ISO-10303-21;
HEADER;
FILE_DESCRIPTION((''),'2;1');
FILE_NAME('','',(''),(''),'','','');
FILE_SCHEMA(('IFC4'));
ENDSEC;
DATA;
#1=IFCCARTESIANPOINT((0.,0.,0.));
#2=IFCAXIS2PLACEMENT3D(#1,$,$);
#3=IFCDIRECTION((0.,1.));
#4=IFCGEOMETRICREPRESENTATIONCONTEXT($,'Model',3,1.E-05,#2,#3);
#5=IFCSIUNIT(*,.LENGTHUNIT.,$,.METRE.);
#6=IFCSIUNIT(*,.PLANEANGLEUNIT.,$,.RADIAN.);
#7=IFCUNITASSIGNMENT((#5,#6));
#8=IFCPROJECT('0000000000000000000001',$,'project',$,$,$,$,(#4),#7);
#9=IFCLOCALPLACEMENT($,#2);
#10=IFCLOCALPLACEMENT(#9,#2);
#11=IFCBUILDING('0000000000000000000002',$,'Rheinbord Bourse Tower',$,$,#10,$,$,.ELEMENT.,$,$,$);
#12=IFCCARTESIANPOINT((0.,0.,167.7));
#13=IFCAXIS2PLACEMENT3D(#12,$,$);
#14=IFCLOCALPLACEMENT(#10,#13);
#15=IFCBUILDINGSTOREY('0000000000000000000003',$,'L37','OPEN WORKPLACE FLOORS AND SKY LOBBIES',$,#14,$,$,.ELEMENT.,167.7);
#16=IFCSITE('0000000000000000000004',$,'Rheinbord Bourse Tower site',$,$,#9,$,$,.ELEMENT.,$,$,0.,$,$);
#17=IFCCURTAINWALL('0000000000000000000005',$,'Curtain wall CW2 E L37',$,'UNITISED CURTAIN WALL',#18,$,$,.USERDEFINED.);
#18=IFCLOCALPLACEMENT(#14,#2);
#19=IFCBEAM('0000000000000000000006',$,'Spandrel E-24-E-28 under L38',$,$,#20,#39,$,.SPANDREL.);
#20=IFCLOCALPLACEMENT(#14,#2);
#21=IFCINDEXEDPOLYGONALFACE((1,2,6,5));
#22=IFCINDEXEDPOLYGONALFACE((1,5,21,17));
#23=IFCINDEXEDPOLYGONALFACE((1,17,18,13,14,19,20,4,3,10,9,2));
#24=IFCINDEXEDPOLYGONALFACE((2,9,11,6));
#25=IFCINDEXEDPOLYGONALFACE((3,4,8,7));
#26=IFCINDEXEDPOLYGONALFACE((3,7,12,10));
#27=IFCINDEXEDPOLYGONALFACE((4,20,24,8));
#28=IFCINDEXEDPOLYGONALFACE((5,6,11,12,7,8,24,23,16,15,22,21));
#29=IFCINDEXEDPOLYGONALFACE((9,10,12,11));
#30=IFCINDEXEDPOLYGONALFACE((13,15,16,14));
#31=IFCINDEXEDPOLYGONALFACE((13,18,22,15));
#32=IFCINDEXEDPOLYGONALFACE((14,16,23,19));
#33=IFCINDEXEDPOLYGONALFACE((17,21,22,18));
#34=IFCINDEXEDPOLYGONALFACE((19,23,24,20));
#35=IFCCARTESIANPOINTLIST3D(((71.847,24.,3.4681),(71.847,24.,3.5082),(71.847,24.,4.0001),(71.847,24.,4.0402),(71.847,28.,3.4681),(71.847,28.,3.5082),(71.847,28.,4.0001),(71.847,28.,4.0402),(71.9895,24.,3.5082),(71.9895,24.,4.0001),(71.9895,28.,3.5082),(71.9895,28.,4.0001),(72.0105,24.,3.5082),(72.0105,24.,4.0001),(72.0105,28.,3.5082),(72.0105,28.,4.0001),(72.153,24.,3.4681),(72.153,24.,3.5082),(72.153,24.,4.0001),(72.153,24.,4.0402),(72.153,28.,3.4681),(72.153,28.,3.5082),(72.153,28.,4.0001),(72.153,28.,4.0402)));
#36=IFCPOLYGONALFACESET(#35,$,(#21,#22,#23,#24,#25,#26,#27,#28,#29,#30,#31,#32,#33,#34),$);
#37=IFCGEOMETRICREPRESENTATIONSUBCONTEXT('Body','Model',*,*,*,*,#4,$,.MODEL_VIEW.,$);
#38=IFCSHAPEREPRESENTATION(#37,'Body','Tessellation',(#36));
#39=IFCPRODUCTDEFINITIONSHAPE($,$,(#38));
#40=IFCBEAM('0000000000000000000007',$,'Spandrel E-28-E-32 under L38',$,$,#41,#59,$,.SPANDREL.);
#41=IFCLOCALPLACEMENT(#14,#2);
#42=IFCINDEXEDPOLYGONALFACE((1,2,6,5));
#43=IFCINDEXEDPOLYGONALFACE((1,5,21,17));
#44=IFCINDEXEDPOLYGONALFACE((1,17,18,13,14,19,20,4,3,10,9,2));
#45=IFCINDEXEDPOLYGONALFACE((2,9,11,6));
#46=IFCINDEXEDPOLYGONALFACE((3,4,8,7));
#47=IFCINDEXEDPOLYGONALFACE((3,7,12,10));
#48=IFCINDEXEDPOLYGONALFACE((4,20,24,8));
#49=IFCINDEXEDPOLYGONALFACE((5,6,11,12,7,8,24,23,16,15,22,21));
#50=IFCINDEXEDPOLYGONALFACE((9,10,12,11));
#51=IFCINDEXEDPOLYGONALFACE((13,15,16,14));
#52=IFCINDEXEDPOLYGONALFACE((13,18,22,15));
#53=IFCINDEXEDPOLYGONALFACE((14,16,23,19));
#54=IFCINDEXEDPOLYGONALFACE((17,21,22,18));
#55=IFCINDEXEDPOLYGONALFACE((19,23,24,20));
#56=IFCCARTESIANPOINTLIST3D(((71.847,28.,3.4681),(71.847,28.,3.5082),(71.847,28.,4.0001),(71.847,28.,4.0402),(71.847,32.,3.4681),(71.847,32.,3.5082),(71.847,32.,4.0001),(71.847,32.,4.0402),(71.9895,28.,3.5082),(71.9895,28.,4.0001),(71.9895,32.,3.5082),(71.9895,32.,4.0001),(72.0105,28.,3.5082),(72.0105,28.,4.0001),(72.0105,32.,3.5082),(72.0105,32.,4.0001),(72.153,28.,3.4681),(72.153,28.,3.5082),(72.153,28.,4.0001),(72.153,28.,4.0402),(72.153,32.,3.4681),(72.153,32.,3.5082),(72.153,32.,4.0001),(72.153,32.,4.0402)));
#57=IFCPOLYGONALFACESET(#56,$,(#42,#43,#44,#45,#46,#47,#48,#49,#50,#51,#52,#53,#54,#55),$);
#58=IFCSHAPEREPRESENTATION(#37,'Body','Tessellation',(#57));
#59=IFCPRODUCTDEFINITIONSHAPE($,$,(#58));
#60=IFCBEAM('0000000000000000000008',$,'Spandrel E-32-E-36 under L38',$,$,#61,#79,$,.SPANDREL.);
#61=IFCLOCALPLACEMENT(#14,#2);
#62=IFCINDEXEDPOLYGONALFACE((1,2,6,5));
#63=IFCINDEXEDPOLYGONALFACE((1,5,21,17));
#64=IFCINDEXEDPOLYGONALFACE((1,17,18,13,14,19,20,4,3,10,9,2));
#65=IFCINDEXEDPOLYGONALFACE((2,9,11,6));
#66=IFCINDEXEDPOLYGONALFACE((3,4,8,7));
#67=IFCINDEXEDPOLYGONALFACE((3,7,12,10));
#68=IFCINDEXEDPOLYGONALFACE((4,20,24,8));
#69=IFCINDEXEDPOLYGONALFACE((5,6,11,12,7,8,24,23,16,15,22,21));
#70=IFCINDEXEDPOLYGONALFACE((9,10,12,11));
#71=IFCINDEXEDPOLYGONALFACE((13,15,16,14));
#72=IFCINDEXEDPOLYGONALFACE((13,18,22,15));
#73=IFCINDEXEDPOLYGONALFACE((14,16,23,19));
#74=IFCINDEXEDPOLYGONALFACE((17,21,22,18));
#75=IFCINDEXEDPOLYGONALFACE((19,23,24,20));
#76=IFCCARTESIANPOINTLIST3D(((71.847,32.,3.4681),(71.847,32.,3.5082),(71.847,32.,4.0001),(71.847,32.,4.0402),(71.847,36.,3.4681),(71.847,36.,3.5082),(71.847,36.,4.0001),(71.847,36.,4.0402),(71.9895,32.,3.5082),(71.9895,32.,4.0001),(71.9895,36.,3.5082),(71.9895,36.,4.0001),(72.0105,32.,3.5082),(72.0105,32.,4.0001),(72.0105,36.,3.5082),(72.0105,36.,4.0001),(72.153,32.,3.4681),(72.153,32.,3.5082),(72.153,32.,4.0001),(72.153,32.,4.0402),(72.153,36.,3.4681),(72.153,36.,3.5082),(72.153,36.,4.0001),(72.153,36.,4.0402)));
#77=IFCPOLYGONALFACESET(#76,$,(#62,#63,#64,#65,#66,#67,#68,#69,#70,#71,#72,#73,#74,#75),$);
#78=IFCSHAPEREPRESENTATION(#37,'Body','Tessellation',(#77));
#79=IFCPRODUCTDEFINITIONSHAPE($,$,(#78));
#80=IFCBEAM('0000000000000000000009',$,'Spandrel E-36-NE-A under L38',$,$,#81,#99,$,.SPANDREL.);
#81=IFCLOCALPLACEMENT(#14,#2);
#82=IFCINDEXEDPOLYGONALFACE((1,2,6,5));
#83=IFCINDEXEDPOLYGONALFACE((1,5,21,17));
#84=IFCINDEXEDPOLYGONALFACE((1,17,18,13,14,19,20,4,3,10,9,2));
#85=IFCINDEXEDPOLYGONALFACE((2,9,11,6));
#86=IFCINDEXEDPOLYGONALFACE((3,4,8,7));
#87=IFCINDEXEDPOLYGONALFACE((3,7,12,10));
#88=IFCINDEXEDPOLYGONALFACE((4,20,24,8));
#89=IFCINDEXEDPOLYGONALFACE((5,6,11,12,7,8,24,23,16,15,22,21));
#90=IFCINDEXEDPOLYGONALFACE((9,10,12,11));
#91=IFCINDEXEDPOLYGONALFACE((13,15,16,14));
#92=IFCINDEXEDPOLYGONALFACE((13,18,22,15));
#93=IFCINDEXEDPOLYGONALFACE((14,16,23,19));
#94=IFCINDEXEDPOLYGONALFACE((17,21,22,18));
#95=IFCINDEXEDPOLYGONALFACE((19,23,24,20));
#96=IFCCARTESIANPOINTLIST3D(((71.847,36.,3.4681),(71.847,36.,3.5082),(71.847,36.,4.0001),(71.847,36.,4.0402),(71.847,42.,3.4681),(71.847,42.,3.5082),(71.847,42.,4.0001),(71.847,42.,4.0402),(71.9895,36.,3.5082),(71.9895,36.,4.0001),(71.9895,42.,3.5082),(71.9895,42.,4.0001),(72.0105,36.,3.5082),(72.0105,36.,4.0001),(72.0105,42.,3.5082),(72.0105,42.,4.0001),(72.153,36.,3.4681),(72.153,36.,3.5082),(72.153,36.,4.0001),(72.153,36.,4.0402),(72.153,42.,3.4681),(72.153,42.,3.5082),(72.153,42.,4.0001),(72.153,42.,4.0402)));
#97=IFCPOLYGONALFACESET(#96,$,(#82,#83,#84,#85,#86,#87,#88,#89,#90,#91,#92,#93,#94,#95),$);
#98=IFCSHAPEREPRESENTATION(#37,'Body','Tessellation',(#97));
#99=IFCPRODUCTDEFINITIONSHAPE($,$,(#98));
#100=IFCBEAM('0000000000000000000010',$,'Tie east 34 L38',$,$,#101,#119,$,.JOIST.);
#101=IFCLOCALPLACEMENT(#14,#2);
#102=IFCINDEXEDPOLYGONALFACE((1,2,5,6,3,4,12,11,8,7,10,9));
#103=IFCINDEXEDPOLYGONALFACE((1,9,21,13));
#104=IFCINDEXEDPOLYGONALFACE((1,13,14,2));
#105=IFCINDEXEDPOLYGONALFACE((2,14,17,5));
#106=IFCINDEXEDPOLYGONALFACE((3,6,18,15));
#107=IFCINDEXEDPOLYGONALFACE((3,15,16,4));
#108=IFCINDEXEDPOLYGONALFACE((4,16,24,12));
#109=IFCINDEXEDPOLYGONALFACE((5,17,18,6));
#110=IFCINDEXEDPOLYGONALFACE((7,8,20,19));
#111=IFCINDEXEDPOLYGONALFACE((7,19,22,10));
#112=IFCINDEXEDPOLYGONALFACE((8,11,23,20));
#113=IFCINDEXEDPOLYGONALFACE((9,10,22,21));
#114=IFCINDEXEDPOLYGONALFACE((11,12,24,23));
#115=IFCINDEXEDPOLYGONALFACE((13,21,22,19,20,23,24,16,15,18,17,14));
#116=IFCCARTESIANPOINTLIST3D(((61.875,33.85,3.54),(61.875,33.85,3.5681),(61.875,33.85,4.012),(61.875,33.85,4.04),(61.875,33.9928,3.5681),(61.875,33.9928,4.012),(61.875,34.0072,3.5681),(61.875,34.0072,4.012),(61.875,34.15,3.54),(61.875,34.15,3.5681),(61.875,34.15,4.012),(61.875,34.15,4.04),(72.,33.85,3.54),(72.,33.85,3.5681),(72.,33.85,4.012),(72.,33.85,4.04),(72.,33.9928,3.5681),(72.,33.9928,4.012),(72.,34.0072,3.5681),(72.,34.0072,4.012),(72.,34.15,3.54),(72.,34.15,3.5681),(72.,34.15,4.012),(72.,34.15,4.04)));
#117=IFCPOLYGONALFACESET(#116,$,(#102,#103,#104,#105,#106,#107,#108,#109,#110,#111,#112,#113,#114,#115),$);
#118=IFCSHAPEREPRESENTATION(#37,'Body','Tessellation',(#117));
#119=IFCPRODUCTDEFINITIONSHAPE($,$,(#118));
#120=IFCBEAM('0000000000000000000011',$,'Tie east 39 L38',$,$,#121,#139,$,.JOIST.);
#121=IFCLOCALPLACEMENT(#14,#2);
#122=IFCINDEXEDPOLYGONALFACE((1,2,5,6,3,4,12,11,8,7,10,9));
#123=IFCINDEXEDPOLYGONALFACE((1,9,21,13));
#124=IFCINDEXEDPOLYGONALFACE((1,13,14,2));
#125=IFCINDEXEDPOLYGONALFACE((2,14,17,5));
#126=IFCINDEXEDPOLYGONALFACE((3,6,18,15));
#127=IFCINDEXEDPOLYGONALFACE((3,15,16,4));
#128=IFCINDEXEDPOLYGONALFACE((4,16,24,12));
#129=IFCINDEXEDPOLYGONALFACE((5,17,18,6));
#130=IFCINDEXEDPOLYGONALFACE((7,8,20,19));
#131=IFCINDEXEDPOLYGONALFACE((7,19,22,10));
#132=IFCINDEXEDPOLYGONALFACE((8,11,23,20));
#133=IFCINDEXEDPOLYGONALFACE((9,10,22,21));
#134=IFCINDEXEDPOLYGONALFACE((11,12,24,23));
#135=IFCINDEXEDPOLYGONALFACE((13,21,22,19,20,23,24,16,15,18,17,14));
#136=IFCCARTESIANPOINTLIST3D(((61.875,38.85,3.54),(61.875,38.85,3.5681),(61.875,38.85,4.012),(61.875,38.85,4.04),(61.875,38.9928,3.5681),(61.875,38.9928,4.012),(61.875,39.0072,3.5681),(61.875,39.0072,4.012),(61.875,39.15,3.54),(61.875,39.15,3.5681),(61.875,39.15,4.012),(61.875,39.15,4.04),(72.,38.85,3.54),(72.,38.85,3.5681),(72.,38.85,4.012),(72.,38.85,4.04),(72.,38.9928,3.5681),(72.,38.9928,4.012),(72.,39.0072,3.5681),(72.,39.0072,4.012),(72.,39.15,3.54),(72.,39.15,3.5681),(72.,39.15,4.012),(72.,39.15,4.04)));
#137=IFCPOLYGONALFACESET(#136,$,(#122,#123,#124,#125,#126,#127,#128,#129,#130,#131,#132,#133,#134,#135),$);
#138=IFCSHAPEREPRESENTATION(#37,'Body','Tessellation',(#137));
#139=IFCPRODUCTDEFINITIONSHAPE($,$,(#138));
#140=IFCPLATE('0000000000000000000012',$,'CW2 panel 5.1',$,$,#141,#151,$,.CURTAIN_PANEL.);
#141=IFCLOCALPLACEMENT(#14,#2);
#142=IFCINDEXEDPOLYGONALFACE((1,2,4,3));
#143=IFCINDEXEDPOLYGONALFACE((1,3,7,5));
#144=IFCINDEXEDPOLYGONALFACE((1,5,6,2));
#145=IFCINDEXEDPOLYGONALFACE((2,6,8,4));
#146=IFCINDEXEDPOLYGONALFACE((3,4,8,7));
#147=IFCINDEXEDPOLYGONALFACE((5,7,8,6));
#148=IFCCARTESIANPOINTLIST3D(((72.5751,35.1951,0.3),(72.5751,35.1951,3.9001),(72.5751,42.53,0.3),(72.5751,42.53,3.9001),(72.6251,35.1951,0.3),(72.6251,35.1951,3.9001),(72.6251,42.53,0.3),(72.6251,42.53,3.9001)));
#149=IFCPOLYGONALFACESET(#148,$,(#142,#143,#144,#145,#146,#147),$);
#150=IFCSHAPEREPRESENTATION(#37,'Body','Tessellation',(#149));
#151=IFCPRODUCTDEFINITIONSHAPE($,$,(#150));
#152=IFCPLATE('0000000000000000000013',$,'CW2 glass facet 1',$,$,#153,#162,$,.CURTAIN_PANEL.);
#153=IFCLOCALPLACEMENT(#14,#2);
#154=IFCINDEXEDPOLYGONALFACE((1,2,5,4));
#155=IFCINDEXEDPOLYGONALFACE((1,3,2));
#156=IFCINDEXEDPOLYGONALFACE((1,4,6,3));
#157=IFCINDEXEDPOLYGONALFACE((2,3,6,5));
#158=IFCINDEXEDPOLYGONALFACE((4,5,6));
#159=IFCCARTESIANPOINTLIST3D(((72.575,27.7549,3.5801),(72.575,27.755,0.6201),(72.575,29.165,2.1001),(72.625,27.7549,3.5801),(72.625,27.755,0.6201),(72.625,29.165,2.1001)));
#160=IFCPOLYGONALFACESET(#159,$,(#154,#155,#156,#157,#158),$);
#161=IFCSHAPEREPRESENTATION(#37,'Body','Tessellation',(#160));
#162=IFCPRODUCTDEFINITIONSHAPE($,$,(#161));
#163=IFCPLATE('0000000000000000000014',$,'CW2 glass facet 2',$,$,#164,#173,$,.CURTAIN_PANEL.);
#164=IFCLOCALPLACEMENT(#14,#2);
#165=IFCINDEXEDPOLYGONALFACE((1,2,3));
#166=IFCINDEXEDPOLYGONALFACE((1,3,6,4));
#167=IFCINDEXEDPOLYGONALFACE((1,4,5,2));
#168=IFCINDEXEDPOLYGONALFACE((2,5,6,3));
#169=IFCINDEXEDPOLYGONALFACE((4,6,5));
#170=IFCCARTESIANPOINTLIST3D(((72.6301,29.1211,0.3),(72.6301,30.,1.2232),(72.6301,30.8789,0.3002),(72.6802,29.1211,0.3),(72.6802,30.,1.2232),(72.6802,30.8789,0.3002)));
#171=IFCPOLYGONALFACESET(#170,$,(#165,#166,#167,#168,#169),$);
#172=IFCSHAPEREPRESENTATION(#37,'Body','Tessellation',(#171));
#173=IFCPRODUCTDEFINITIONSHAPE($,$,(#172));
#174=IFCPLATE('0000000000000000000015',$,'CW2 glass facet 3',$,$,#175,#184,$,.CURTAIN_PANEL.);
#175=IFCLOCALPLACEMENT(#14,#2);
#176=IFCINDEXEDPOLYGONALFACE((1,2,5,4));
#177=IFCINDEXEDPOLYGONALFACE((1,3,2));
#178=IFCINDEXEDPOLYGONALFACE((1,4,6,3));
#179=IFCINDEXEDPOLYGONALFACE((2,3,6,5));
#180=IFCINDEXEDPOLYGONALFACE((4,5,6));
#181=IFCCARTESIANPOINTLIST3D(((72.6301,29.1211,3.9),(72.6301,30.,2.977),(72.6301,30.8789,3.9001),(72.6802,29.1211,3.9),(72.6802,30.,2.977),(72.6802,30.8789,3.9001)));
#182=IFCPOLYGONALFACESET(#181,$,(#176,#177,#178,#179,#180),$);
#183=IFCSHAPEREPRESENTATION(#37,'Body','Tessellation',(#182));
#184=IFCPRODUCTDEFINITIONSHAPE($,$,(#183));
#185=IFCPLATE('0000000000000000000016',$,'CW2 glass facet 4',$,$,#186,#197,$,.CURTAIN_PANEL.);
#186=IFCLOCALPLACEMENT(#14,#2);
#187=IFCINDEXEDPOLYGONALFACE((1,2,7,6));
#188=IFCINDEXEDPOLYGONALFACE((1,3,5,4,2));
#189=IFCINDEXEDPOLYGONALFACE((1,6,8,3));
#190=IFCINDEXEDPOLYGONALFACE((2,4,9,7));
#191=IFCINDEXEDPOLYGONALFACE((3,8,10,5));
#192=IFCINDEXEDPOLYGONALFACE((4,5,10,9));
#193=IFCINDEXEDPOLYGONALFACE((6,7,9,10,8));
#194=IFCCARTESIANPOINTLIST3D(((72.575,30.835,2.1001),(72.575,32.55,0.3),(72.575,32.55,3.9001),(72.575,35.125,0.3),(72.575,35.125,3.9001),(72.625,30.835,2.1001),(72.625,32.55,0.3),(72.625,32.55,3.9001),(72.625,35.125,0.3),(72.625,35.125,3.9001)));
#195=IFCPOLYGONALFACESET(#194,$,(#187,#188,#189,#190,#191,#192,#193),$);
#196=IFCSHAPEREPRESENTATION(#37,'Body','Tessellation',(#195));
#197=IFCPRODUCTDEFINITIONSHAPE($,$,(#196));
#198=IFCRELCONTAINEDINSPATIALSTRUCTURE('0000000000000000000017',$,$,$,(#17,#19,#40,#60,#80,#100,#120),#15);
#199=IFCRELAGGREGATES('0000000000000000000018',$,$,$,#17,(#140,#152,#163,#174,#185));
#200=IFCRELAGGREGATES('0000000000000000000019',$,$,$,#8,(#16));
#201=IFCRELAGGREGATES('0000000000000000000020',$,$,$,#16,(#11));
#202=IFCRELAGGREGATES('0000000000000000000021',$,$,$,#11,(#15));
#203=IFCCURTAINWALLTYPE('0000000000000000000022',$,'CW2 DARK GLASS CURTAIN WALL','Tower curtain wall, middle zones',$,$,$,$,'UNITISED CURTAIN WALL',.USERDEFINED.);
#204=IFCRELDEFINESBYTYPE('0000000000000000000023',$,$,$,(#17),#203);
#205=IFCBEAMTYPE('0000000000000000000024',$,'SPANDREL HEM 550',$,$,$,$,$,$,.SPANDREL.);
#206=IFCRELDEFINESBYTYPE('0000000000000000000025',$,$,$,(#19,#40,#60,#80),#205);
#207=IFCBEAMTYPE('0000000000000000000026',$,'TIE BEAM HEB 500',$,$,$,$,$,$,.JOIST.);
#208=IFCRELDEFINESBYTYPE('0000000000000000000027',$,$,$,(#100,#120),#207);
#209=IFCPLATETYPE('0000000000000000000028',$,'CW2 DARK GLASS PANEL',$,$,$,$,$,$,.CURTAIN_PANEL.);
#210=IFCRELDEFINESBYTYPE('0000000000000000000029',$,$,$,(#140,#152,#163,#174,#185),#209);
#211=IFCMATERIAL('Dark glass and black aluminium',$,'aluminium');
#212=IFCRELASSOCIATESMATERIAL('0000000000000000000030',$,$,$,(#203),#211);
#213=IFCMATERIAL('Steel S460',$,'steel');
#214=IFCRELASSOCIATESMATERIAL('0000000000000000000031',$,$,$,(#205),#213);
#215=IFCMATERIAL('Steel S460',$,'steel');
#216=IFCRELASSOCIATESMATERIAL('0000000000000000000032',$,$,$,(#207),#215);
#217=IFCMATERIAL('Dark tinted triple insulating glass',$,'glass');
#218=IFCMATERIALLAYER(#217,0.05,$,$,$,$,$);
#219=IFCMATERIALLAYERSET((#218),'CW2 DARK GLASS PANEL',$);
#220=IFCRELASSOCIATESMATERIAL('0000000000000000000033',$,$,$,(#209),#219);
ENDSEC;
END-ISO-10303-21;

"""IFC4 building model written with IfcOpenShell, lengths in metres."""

from ifc_helpers import new_model, si_unit, direction, frame, origin, origin_2d, place, context, subcontext, project, spatial, polyline, rectangle, i_section, outline, extrude, material, layer, layer_set, material_profile, profile_set, type_object, element, aggregate, save


model = new_model("IFC4")

# Units and contexts
model_context = context("Model", 3, precision=1e-05, world=origin(), true_north=direction((0.0, 1.0)))
body_context = subcontext(model_context, "Body", "Model", "MODEL_VIEW")
ifc_project = project(units=[si_unit("LENGTHUNIT", "METRE"), si_unit("PLANEANGLEUNIT", "RADIAN")], contexts=[model_context])

# Site, building, storey
site_placement = place(None, origin())
site = spatial("IfcSite", under=ifc_project, at=site_placement, Name="Rheinbord Bourse Tower site", CompositionType="ELEMENT", RefElevation=0.0)
building_placement = place(site_placement, origin())
building = spatial("IfcBuilding", under=site, at=building_placement, Name="Rheinbord Bourse Tower", CompositionType="ELEMENT")
storey_placement = place(building_placement, frame((0.0, 0.0, 167.7)))
storey = spatial("IfcBuildingStorey", under=building, at=storey_placement, Name="L37", Description="OPEN WORKPLACE FLOORS AND SKY LOBBIES", CompositionType="ELEMENT", Elevation=167.7)

# Curtain wall
ifc_material_1 = material(Name="Dark glass and black aluminium", Category="aluminium")
curtain_wall_type = type_object("IfcCurtainWallType", Name="CW2 DARK GLASS CURTAIN WALL", Description="Tower curtain wall, middle zones", ElementType="UNITISED CURTAIN WALL", PredefinedType="USERDEFINED", material=ifc_material_1)
curtain_wall_placement = place(storey_placement, origin())
curtain_wall = element("IfcCurtainWall", 1, at=curtain_wall_placement, inside=storey, type_object=curtain_wall_type, Name="Curtain wall CW2 E L37", ObjectType="UNITISED CURTAIN WALL", PredefinedType="USERDEFINED")

# Beams
ifc_material_2 = material(Name="Steel S460", Category="steel")
ifc_material_profile_1 = material_profile(ifc_material_2, i_section(OverallWidth=0.3059, OverallDepth=0.572, WebThickness=0.021, FlangeThickness=0.04, at=origin_2d()), Name="HEM 550")
ifc_profile_set_1 = profile_set([ifc_material_profile_1], Name="Steel S460")
beam_type_1 = type_object("IfcBeamType", Name="SPANDREL HEM 550", PredefinedType="SPANDREL", material=ifc_profile_set_1)
for number, where, z_axis, x_axis, name in (
    (2, (72.0, 24.0, 3.7542), (0.0, 1.0, 0.0), (-1.0, 0.0, 0.0), "Spandrel E-24-E-28 under L38"),
    (3, (72.0, 28.0, 3.7542), (0.0, 1.0, 0.0), (-1.0, 0.0, 0.0), "Spandrel E-28-E-32 under L38"),
    (4, (72.0, 32.0, 3.7542), (0.0, 1.0, 0.0), (-1.0, 0.0, 0.0), "Spandrel E-32-E-36 under L38"),
):
    element("IfcBeam", number, at=place(storey_placement, frame(where, z_axis=z_axis, x_axis=x_axis)), inside=storey, type_object=beam_type_1, Name=name, PredefinedType="SPANDREL", context=body_context, shape_type="SweptSolid", body=[
        extrude(i_section(OverallWidth=0.3059, OverallDepth=0.572, WebThickness=0.021, FlangeThickness=0.04, at=origin_2d()), origin(), (0.0, 0.0, 1.0), 4.0),
    ])
beam_1_placement = place(storey_placement, frame((72.0, 36.0, 3.7542), z_axis=(0.0, 1.0, 0.0), x_axis=(-1.0, 0.0, 0.0)))
element("IfcBeam", 5, at=beam_1_placement, inside=storey, type_object=beam_type_1, Name="Spandrel E-36-NE-A under L38", PredefinedType="SPANDREL", context=body_context, shape_type="SweptSolid", body=[
    extrude(i_section(OverallWidth=0.3059, OverallDepth=0.572, WebThickness=0.021, FlangeThickness=0.04, at=origin_2d()), origin(), (0.0, 0.0, 1.0), 6.0),
])
ifc_material_3 = material(Name="Steel S460", Category="steel")
ifc_material_profile_2 = material_profile(ifc_material_3, i_section(OverallWidth=0.3, OverallDepth=0.5, WebThickness=0.0144, FlangeThickness=0.0281, at=origin_2d()), Name="HEB 500")
ifc_profile_set_2 = profile_set([ifc_material_profile_2], Name="Steel S460")
beam_type_2 = type_object("IfcBeamType", Name="TIE BEAM HEB 500", PredefinedType="JOIST", material=ifc_profile_set_2)
for number, where, z_axis, x_axis, name in (
    (6, (61.875, 34.0, 3.79), (1.0, 0.0, 0.0), (0.0, 1.0, 0.0), "Tie east 34 L38"),
    (7, (61.875, 39.0, 3.79), (1.0, 0.0, 0.0), (0.0, 1.0, 0.0), "Tie east 39 L38"),
):
    element("IfcBeam", number, at=place(storey_placement, frame(where, z_axis=z_axis, x_axis=x_axis)), inside=storey, type_object=beam_type_2, Name=name, PredefinedType="JOIST", context=body_context, shape_type="SweptSolid", body=[
        extrude(i_section(OverallWidth=0.3, OverallDepth=0.5, WebThickness=0.0144, FlangeThickness=0.0281, at=origin_2d()), origin(), (0.0, 0.0, 1.0), 10.125),
    ])

# Plates
ifc_material_4 = material(Name="Dark tinted triple insulating glass", Category="glass")
ifc_layer_1 = layer(ifc_material_4, 0.05)
ifc_layer_set_1 = layer_set([ifc_layer_1], Name="CW2 DARK GLASS PANEL")
plate_type = type_object("IfcPlateType", Name="CW2 DARK GLASS PANEL", PredefinedType="CURTAIN_PANEL", material=ifc_layer_set_1)
plate_1_placement = place(storey_placement, frame((72.6001, 38.8625, 0.3), z_axis=(0.0, 0.0, 1.0), x_axis=(0.0, 1.0, 0.0)))
plate_1 = element("IfcPlate", 8, at=plate_1_placement, type_object=plate_type, Name="CW2 panel 5.1", PredefinedType="CURTAIN_PANEL", context=body_context, shape_type="SweptSolid", body=[
    extrude(rectangle(XDim=7.335, YDim=0.05, at=origin_2d()), origin(), (0.0, 0.0, 1.0), 3.6001),
])
plate_2_placement = place(storey_placement, frame((72.625, 27.7549, 3.5801), z_axis=(-1.0, 0.0, 0.0), x_axis=(0.0, 0.689822, -0.723979)))
plate_2 = element("IfcPlate", 9, at=plate_2_placement, type_object=plate_type, Name="CW2 glass facet 1", PredefinedType="CURTAIN_PANEL", context=body_context, shape_type="SweptSolid", body=[
    extrude(outline(polyline([(0.0, 0.0), (2.0442, 0.0), (2.1431, 2.0417), (0.0, 0.0)])), origin(), (0.0, 0.0, 1.0), 0.05),
])
plate_3_placement = place(storey_placement, frame((72.6802, 29.1211, 0.3), z_axis=(-1.0, 0.0, 0.0), x_axis=(0.0, 0.68956, 0.724229)))
plate_3 = element("IfcPlate", 10, at=plate_3_placement, type_object=plate_type, Name="CW2 glass facet 2", PredefinedType="CURTAIN_PANEL", context=body_context, shape_type="SweptSolid", body=[
    extrude(outline(polyline([(0.0, 0.0), (1.2747, 0.0), (1.2122, 1.2729), (0.0, 0.0)])), origin(), (0.0, 0.0, 1.0), 0.05),
])
plate_4_placement = place(storey_placement, frame((72.6802, 30.8789, 3.9001), z_axis=(-1.0, 0.0, 0.0), x_axis=(0.0, -0.68956, -0.724229)))
plate_4 = element("IfcPlate", 11, at=plate_4_placement, type_object=plate_type, Name="CW2 glass facet 3", PredefinedType="CURTAIN_PANEL", context=body_context, shape_type="SweptSolid", body=[
    extrude(outline(polyline([(0.0, 0.0), (1.2747, 0.0), (1.2122, 1.2729), (0.0, 0.0)])), origin(), (0.0, 0.0, 1.0), 0.05),
])
plate_5_placement = place(storey_placement, frame((72.625, 35.125, 3.9001), z_axis=(-1.0, 0.0, 0.0), x_axis=(0.0, 0.0, -1.0)))
plate_5 = element("IfcPlate", 12, at=plate_5_placement, type_object=plate_type, Name="CW2 glass facet 4", PredefinedType="CURTAIN_PANEL", context=body_context, shape_type="SweptSolid", body=[
    extrude(outline(polyline([(0.0, 0.0), (3.6001, 0.0), (3.6001, 2.575), (1.8, 4.29), (0.0, 2.575), (0.0, 0.0)])), origin(), (0.0, 0.0, 1.0), 0.05),
])
aggregate(curtain_wall, [plate_1, plate_2, plate_3, plate_4, plate_5])

save(model, "model.ifc")
